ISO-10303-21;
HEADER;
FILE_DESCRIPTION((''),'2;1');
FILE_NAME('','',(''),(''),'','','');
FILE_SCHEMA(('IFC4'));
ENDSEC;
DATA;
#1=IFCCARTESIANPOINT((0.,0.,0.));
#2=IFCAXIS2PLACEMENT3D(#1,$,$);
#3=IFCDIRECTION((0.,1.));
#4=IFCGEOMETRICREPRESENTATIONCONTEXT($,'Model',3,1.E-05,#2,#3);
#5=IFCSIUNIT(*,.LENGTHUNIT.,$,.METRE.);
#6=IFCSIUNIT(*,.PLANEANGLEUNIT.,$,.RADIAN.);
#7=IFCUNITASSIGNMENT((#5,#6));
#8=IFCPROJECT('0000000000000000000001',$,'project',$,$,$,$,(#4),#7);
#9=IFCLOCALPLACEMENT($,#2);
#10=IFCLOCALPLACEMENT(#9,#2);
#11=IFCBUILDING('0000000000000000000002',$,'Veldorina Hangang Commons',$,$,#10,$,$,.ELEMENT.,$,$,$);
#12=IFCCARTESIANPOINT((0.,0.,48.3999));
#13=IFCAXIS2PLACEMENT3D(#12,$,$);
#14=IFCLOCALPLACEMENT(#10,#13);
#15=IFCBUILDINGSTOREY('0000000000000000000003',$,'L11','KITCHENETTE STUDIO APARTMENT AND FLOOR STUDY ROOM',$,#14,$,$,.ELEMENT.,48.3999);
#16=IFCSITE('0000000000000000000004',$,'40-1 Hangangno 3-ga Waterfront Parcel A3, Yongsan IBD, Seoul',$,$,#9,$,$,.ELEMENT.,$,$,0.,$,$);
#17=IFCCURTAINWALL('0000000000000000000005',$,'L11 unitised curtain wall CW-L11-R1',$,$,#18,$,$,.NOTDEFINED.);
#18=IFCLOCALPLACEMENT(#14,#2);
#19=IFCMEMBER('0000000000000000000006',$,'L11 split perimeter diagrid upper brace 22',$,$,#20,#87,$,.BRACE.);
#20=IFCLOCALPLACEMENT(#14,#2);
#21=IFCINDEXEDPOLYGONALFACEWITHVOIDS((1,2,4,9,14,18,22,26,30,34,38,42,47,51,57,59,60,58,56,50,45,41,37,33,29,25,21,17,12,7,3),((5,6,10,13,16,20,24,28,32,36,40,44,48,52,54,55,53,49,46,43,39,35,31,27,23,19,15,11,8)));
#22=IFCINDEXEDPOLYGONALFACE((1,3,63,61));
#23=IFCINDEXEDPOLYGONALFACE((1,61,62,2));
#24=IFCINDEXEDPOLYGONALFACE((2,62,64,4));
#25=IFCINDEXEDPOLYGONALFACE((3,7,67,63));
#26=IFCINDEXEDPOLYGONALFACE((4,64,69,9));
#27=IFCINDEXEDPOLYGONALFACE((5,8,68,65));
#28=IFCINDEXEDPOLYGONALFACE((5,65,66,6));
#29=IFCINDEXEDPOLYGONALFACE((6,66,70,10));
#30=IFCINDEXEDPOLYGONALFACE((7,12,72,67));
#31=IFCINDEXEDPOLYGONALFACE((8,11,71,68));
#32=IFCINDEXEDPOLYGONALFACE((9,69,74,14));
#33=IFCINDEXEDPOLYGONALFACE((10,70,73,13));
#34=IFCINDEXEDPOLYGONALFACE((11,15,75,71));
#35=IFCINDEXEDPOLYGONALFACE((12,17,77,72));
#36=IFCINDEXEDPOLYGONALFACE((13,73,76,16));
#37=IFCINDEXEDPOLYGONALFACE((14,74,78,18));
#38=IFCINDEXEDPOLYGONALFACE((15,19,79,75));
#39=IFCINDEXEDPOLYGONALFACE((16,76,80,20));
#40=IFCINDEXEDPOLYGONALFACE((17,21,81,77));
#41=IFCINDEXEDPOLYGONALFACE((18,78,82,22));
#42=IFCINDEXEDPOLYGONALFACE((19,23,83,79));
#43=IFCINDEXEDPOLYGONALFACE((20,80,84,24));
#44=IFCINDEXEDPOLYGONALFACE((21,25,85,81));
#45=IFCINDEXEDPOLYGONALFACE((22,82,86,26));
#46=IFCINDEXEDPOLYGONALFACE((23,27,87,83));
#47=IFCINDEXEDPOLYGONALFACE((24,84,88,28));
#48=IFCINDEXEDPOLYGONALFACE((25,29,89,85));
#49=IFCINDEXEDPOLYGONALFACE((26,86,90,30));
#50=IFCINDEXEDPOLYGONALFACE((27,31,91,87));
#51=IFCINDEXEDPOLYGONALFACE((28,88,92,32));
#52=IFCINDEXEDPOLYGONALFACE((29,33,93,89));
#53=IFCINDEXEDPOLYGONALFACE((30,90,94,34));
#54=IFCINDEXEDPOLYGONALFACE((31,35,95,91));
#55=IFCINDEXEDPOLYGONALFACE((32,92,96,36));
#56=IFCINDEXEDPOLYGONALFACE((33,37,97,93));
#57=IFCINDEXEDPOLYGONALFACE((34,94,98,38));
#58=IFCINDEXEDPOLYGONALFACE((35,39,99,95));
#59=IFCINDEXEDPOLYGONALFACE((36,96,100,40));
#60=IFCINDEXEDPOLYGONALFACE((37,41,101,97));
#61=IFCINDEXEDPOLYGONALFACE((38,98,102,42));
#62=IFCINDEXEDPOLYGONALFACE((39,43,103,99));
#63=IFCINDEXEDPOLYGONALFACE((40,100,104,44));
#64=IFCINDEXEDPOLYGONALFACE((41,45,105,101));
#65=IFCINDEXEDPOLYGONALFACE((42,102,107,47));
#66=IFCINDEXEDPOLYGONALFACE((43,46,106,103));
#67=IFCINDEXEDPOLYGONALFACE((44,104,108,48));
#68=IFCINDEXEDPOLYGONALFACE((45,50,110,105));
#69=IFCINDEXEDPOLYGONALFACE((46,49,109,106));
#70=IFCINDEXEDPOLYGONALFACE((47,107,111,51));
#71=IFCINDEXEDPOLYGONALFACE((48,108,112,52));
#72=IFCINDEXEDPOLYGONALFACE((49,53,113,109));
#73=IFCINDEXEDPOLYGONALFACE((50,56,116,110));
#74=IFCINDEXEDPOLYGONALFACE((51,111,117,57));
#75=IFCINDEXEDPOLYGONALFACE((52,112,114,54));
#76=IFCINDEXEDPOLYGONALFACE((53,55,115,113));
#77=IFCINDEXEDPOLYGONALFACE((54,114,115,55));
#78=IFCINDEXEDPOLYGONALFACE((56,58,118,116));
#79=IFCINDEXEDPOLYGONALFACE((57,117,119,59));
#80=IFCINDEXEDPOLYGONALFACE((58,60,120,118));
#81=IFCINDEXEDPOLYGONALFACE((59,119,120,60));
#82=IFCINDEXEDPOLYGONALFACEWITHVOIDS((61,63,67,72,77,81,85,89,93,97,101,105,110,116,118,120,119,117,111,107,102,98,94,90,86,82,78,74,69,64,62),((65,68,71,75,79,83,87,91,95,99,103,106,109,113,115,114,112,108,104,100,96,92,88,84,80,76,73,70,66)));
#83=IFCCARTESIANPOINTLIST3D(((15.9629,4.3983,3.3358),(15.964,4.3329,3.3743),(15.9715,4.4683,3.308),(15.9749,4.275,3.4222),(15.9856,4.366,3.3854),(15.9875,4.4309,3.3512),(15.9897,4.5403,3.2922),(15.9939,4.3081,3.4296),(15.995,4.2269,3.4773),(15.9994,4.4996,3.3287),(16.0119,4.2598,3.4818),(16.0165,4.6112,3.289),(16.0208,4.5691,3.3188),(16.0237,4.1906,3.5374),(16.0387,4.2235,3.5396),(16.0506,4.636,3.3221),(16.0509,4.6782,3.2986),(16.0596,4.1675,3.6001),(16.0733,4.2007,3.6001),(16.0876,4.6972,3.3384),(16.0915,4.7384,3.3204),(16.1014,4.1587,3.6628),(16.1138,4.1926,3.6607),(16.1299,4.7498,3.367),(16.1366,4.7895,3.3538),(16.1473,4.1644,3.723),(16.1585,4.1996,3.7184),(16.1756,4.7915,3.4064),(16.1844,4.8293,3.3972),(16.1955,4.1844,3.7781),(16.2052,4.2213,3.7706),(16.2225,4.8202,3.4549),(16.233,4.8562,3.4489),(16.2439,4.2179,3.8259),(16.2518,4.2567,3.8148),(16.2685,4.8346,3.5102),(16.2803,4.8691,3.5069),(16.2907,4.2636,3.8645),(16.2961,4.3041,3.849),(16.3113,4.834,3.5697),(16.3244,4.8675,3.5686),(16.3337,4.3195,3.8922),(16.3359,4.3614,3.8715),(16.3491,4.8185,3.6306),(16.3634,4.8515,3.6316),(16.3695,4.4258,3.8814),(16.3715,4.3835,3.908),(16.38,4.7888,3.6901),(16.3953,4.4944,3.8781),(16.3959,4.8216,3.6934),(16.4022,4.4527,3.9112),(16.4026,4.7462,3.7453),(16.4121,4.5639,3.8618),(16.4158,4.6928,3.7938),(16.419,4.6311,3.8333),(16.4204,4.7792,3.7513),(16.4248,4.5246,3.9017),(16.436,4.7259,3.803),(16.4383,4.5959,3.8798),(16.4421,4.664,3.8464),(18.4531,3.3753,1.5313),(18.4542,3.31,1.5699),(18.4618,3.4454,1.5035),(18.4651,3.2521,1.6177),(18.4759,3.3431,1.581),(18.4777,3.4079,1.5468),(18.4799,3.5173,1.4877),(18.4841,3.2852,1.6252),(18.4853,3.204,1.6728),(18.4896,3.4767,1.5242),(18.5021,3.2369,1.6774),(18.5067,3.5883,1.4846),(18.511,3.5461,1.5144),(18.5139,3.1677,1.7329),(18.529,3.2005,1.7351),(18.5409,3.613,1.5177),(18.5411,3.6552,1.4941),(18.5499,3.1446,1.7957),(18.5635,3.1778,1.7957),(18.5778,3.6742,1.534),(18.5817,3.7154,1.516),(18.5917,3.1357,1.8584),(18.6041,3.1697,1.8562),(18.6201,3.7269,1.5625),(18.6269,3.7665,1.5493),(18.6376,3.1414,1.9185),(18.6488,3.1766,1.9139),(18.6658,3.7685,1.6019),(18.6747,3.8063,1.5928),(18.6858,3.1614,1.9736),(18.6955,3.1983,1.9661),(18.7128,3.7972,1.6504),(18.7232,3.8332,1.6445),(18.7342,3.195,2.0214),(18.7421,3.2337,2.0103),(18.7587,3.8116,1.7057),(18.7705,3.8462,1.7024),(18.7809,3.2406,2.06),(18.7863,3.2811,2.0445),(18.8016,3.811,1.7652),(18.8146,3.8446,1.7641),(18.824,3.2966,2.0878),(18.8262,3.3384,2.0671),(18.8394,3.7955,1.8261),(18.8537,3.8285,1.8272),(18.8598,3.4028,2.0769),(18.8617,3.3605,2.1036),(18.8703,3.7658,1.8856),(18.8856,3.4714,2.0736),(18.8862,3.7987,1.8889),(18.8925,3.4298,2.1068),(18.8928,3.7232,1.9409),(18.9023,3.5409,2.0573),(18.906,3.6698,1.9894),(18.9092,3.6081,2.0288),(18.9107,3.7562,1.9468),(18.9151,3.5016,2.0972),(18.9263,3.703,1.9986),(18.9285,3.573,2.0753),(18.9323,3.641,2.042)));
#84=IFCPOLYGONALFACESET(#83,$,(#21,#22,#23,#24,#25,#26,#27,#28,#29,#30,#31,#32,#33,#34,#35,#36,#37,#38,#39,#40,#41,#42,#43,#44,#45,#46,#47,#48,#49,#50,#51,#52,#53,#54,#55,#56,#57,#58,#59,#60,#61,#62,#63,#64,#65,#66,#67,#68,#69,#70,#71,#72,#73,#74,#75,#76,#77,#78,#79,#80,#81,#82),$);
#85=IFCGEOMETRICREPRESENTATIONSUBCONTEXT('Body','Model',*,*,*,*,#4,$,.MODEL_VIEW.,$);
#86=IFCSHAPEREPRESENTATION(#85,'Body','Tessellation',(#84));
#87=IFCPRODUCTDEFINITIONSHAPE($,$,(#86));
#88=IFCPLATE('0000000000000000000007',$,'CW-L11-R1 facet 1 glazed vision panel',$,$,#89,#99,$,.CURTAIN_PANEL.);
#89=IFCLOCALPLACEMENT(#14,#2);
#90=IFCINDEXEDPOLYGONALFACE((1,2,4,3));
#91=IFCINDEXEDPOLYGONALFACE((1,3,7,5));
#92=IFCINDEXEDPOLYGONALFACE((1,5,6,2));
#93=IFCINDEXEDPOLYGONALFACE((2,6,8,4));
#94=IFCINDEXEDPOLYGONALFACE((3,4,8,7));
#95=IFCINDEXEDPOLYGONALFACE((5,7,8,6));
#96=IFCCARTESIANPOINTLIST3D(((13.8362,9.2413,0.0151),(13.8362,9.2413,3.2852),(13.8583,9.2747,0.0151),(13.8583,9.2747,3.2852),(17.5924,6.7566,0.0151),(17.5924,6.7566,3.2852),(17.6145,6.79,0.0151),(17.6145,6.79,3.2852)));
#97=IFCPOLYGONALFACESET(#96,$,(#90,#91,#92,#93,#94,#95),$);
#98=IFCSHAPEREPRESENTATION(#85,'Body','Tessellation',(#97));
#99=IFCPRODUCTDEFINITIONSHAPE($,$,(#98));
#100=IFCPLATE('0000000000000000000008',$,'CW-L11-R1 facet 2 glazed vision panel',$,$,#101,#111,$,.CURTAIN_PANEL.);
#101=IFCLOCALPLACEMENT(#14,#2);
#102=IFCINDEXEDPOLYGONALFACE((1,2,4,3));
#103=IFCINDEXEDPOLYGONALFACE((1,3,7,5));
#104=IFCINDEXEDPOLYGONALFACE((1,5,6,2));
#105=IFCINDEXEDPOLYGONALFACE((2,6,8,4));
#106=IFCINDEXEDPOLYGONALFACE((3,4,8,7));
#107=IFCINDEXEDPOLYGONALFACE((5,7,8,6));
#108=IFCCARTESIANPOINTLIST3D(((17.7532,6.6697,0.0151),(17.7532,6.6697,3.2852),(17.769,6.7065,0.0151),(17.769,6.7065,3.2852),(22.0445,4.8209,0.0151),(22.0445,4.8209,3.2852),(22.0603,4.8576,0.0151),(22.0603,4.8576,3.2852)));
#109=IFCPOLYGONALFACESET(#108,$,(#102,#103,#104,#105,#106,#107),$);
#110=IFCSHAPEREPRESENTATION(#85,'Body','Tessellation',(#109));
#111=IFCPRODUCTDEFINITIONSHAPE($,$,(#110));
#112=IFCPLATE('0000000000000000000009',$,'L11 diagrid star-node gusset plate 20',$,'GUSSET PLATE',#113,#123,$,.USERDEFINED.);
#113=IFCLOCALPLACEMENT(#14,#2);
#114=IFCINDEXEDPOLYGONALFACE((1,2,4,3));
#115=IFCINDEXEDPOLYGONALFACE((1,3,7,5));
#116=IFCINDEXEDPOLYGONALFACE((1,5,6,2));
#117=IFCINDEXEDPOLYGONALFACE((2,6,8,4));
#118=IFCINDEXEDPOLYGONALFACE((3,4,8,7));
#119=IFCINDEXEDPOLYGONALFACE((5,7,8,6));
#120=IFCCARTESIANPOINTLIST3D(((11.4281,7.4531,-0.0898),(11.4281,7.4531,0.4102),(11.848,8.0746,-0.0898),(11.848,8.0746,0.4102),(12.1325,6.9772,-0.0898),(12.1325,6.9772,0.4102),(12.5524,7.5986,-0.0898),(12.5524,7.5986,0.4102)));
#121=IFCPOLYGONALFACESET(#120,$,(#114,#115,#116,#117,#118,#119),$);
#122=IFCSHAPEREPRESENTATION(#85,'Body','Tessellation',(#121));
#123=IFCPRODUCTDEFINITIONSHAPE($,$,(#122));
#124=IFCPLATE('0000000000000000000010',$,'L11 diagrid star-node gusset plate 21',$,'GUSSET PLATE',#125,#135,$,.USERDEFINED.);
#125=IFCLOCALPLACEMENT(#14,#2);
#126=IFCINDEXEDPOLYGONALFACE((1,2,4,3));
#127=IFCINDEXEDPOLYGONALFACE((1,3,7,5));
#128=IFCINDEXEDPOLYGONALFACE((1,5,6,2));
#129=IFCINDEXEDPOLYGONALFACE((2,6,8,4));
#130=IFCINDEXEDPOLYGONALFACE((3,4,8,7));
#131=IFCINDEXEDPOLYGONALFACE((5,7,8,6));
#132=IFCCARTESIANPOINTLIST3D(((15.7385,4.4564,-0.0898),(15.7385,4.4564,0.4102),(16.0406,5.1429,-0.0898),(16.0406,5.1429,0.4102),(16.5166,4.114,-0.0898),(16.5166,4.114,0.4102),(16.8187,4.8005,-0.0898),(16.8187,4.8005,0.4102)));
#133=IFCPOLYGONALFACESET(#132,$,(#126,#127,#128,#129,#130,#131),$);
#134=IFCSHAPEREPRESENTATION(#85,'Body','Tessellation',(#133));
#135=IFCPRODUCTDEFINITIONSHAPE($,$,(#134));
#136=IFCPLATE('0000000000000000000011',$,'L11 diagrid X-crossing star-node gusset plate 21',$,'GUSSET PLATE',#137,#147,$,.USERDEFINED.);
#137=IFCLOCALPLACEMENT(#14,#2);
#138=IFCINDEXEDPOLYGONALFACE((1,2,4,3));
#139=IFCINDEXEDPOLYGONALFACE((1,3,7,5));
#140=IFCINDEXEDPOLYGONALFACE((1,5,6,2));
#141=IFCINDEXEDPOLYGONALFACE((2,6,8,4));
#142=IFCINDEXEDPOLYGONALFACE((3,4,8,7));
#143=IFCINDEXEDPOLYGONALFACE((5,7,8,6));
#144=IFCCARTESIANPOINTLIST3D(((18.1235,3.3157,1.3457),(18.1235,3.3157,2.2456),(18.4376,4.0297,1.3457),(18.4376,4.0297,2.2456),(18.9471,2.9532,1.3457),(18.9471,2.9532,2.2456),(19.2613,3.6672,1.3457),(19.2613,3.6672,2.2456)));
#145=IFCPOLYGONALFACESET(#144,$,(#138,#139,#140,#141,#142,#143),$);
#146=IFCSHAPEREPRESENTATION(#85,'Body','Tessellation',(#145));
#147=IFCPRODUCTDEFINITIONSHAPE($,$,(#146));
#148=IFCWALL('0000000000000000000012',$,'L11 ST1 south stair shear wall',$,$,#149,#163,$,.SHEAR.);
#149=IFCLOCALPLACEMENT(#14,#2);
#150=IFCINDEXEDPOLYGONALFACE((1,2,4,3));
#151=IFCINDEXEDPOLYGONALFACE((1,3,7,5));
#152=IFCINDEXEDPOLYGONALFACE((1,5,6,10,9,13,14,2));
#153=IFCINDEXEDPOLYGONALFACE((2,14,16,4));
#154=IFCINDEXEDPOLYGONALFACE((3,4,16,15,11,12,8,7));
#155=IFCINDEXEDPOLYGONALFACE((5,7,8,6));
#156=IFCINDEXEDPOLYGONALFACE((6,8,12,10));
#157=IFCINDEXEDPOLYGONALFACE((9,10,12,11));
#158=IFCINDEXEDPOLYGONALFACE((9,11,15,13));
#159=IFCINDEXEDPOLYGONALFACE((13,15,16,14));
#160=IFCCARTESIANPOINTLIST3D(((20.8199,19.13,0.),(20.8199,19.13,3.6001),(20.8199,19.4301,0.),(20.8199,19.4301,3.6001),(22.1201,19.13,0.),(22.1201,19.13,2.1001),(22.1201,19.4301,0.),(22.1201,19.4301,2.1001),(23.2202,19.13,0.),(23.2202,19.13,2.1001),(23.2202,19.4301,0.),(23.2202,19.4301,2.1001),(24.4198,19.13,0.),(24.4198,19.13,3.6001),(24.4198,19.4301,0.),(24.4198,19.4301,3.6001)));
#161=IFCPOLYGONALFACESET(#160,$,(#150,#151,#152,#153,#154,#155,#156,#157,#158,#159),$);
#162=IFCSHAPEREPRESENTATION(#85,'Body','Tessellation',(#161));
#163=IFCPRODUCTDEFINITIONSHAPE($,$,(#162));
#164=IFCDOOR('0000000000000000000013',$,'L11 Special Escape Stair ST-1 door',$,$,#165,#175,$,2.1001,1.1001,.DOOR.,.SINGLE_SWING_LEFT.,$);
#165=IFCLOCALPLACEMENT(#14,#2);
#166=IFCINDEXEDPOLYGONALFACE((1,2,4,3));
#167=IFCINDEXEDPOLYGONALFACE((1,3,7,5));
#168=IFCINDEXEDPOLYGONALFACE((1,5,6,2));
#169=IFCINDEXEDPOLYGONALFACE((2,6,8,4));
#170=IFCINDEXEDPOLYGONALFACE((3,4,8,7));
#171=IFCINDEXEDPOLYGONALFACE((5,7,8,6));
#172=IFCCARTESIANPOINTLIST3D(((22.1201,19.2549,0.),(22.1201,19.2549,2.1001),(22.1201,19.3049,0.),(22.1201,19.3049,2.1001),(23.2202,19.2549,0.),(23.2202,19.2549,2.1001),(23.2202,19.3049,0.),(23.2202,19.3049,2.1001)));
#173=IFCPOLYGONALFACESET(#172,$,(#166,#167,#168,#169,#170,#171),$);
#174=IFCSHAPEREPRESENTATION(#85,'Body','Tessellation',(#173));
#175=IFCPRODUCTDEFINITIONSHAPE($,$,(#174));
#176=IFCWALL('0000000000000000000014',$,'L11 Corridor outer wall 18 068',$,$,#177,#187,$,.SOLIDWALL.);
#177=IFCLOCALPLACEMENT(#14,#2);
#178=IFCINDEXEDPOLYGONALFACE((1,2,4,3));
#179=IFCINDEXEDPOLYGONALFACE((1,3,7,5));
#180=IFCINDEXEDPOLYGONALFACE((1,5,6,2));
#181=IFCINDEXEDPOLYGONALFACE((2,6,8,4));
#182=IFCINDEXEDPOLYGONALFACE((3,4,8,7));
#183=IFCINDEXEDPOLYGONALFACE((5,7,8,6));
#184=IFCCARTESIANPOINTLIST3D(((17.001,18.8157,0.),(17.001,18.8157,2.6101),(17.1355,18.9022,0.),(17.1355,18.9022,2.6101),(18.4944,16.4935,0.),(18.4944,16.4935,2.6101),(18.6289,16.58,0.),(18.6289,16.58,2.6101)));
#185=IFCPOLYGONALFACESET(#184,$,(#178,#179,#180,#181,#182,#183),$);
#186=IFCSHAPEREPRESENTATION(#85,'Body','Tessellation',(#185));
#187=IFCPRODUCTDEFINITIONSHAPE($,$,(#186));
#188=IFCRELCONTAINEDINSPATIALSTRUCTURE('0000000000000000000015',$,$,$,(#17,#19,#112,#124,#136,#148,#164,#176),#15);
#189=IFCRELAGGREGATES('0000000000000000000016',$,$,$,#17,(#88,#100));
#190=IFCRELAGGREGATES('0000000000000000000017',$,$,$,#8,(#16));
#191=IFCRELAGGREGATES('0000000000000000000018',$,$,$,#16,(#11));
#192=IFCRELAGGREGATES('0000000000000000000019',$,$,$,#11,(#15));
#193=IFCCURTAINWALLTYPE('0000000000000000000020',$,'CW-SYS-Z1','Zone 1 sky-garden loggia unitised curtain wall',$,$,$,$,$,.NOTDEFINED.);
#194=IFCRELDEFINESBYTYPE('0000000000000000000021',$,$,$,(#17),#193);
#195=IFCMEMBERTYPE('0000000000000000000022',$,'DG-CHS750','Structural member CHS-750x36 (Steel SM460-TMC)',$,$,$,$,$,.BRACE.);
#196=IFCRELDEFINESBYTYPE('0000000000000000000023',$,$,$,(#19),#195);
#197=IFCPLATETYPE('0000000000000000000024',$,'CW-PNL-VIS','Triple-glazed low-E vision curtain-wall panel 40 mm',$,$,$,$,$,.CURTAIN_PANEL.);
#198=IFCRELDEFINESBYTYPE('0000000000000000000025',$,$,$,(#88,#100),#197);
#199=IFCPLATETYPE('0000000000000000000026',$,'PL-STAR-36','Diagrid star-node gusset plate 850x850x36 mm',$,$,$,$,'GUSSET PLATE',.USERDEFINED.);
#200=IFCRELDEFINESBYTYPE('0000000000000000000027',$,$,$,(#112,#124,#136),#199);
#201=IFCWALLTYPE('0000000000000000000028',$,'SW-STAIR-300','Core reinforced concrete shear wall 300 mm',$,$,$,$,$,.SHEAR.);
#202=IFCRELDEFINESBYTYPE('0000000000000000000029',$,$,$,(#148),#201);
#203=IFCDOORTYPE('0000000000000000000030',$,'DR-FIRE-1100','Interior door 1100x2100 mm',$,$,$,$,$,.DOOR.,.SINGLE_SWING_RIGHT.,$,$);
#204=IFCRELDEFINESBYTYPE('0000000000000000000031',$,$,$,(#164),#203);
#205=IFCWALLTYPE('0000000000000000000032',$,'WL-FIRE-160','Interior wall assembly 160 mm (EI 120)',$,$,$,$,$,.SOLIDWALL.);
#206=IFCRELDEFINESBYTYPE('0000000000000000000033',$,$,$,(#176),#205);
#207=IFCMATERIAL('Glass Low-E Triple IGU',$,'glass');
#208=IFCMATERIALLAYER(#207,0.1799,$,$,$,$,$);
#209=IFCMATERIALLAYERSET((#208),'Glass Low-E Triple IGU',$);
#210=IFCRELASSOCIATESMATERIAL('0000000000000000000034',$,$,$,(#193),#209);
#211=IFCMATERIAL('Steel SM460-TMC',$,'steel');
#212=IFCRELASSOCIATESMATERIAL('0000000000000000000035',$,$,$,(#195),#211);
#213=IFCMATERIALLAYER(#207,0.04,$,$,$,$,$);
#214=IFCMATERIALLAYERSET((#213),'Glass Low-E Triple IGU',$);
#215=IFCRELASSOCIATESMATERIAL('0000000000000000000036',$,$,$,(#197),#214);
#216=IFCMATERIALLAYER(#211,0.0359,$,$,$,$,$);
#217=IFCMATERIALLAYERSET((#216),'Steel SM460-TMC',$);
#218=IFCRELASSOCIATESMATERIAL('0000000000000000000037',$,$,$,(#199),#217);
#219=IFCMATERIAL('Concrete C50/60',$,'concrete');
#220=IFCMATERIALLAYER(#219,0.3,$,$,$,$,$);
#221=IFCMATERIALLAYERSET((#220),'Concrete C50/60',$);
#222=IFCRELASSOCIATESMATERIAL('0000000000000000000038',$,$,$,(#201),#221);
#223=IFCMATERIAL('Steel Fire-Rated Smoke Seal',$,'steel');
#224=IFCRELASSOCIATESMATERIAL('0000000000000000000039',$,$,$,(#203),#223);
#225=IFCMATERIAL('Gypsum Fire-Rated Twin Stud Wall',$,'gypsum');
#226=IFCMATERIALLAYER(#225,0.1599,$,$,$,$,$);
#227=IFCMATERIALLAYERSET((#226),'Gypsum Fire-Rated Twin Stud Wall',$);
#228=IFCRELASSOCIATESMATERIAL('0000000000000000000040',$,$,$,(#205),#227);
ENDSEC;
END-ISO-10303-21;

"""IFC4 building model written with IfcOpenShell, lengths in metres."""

from ifc_helpers import new_model, si_unit, direction, frame, frame_2d, origin, origin_2d, place, context, subcontext, project, spatial, rectangle, hollow_circle, extrude, material, layer, layer_set, material_profile, profile_set, type_object, element, fill, aggregate, save


model = new_model("IFC4")

# Units and contexts
model_context = context("Model", 3, precision=1e-05, world=origin(), true_north=direction((0.0, 1.0)))
body_context = subcontext(model_context, "Body", "Model", "MODEL_VIEW")
ifc_project = project(units=[si_unit("LENGTHUNIT", "METRE"), si_unit("PLANEANGLEUNIT", "RADIAN")], contexts=[model_context])

# Site, building, storey
site_placement = place(None, origin())
site = spatial("IfcSite", under=ifc_project, at=site_placement, Name="40-1 Hangangno 3-ga Waterfront Parcel A3, Yongsan IBD, Seoul", CompositionType="ELEMENT", RefElevation=0.0)
building_placement = place(site_placement, origin())
building = spatial("IfcBuilding", under=site, at=building_placement, Name="Veldorina Hangang Commons", CompositionType="ELEMENT")
storey_placement = place(building_placement, frame((0.0, 0.0, 48.3999)))
storey = spatial("IfcBuildingStorey", under=building, at=storey_placement, Name="L11", Description="KITCHENETTE STUDIO APARTMENT AND FLOOR STUDY ROOM", CompositionType="ELEMENT", Elevation=48.3999)

# Curtain wall
ifc_material_1 = material(Name="Glass Low-E Triple IGU", Category="glass")
ifc_layer_1 = layer(ifc_material_1, 0.1799)
ifc_layer_set_1 = layer_set([ifc_layer_1], Name="Glass Low-E Triple IGU")
curtain_wall_type = type_object("IfcCurtainWallType", Name="CW-SYS-Z1", Description="Zone 1 sky-garden loggia unitised curtain wall", PredefinedType="NOTDEFINED", material=ifc_layer_set_1)
curtain_wall_placement = place(storey_placement, origin())
curtain_wall = element("IfcCurtainWall", 1, at=curtain_wall_placement, inside=storey, type_object=curtain_wall_type, Name="L11 unitised curtain wall CW-L11-R1", PredefinedType="NOTDEFINED")

# Member
ifc_material_2 = material(Name="Steel SM460-TMC", Category="steel")
ifc_material_profile_1 = material_profile(ifc_material_2, hollow_circle(Radius=0.375, WallThickness=0.0359, at=origin_2d()), Name="CHS-750x36")
ifc_profile_set_1 = profile_set([ifc_material_profile_1], Name="Steel SM460-TMC")
member_type_1 = type_object("IfcMemberType", Name="DG-CHS750", Description="Structural member CHS-750x36 (Steel SM460-TMC)", PredefinedType="BRACE", material=ifc_profile_set_1)
member_1_placement = place(storey_placement, frame((18.6924, 3.4915, 1.7957), z_axis=(-0.768367, 0.315633, 0.556765), x_axis=(-0.379974, -0.924997, 0.0)))
element("IfcMember", 2, at=member_1_placement, inside=storey, type_object=member_type_1, Name="L11 split perimeter diagrid upper brace 22", PredefinedType="BRACE", context=body_context, shape_type="SweptSolid", body=[
    extrude(hollow_circle(Radius=0.375, WallThickness=0.0359, at=origin_2d()), origin(), (0.0, 0.0, 1.0), 3.241),
])

# Plates
ifc_layer_2 = layer(ifc_material_1, 0.04)
ifc_layer_set_2 = layer_set([ifc_layer_2], Name="Glass Low-E Triple IGU")
plate_type_1 = type_object("IfcPlateType", Name="CW-PNL-VIS", Description="Triple-glazed low-E vision curtain-wall panel 40 mm", PredefinedType="CURTAIN_PANEL", material=ifc_layer_set_2)
plate_1_placement = place(storey_placement, frame((15.7253, 8.0156, 0.0151), z_axis=(0.0, 0.0, 1.0), x_axis=(0.83404, -0.551704, 0.0)))
plate_1 = element("IfcPlate", 3, at=plate_1_placement, type_object=plate_type_1, Name="CW-L11-R1 facet 1 glazed vision panel", PredefinedType="CURTAIN_PANEL", context=body_context, shape_type="SweptSolid", body=[
    extrude(rectangle(XDim=4.5037, YDim=0.04, at=origin_2d()), origin(), (0.0, 0.0, 1.0), 3.27),
])
plate_2_placement = place(storey_placement, frame((19.9067, 5.7637, 0.0151), z_axis=(0.0, 0.0, 1.0), x_axis=(0.918391, -0.395674, 0.0)))
plate_2 = element("IfcPlate", 4, at=plate_2_placement, type_object=plate_type_1, Name="CW-L11-R1 facet 2 glazed vision panel", PredefinedType="CURTAIN_PANEL", context=body_context, shape_type="SweptSolid", body=[
    extrude(rectangle(XDim=4.6726, YDim=0.04, at=origin_2d()), origin(), (0.0, 0.0, 1.0), 3.27),
])
aggregate(curtain_wall, [plate_1, plate_2])

# Plates
ifc_layer_3 = layer(ifc_material_2, 0.0359)
ifc_layer_set_3 = layer_set([ifc_layer_3], Name="Steel SM460-TMC")
plate_type_2 = type_object("IfcPlateType", Name="PL-STAR-36", Description="Diagrid star-node gusset plate 850x850x36 mm", ElementType="GUSSET PLATE", PredefinedType="USERDEFINED", material=ifc_layer_set_3)
for number, where, z_axis, x_axis, name in (
    (5, (11.9902, 7.5259, -0.0898), (0.0, 0.0, 1.0), (0.828588, -0.559858, 0.0), "L11 diagrid star-node gusset plate 20"),
    (6, (16.2786, 4.6284, -0.0898), (0.0, 0.0, 1.0), (0.915297, -0.402779, 0.0), "L11 diagrid star-node gusset plate 21"),
):
    element("IfcPlate", number, at=place(storey_placement, frame(where, z_axis=z_axis, x_axis=x_axis)), inside=storey, type_object=plate_type_2, Name=name, ObjectType="GUSSET PLATE", PredefinedType="USERDEFINED", context=body_context, shape_type="SweptSolid", body=[
        extrude(rectangle(XDim=0.8501, YDim=0.75, at=origin_2d()), origin(), (0.0, 0.0, 1.0), 0.5),
    ])
plate_3_placement = place(storey_placement, frame((18.6924, 3.4915, 1.3457), z_axis=(0.0, 0.0, 1.0), x_axis=(0.915297, -0.402779, 0.0)))
element("IfcPlate", 7, at=plate_3_placement, inside=storey, type_object=plate_type_2, Name="L11 diagrid X-crossing star-node gusset plate 21", ObjectType="GUSSET PLATE", PredefinedType="USERDEFINED", context=body_context, shape_type="SweptSolid", body=[
    extrude(rectangle(XDim=0.8999, YDim=0.78, at=origin_2d()), origin(), (0.0, 0.0, 1.0), 0.8999),
])

# Wall, opening, door
ifc_material_3 = material(Name="Concrete C50/60", Category="concrete")
ifc_layer_4 = layer(ifc_material_3, 0.3)
ifc_layer_set_4 = layer_set([ifc_layer_4], Name="Concrete C50/60")
wall_type_1 = type_object("IfcWallType", Name="SW-STAIR-300", Description="Core reinforced concrete shear wall 300 mm", PredefinedType="SHEAR", material=ifc_layer_set_4)
wall_1_placement = place(storey_placement, frame((20.8201, 19.28, 0.0), z_axis=(0.0, 0.0, 1.0), x_axis=(1.0, 0.0, 0.0)))
wall_1 = element("IfcWall", 8, at=wall_1_placement, inside=storey, type_object=wall_type_1, Name="L11 ST1 south stair shear wall", PredefinedType="SHEAR", context=body_context, shape_type="SweptSolid", body=[
    extrude(rectangle(XDim=3.5999, YDim=0.3, at=frame_2d((1.7998, 0.0))), origin(), (0.0, 0.0, 1.0), 3.6001),
])
opening_1_placement = place(wall_1_placement, frame((1.3, 0.0, 0.0)))
opening_1 = element("IfcOpeningElement", 9, at=opening_1_placement, cuts=wall_1, PredefinedType="OPENING", context=body_context, shape_type="SweptSolid", body=[
    extrude(rectangle(XDim=1.1001, YDim=2.1001, at=frame_2d((0.55, 1.05))), frame((0.0, 0.1602, 0.0), z_axis=(0.0, -1.0, 0.0), x_axis=(1.0, 0.0, 0.0)), (0.0, 0.0, 1.0), 0.3201),
])
ifc_material_4 = material(Name="Steel Fire-Rated Smoke Seal", Category="steel")
door_type_1 = type_object("IfcDoorType", Name="DR-FIRE-1100", Description="Interior door 1100x2100 mm", OperationType="SINGLE_SWING_RIGHT", PredefinedType="DOOR", material=ifc_material_4)
door_1_placement = place(opening_1_placement, origin())
door_1 = element("IfcDoor", 10, at=door_1_placement, inside=storey, type_object=door_type_1, Name="L11 Special Escape Stair ST-1 door", OperationType="SINGLE_SWING_LEFT", OverallHeight=2.1001, OverallWidth=1.1001, PredefinedType="DOOR", context=body_context, shape_type="SweptSolid", body=[
    extrude(rectangle(XDim=1.1001, YDim=2.1001, at=frame_2d((0.55, 1.05))), frame((0.0, 0.0249, 0.0), z_axis=(0.0, -1.0, 0.0), x_axis=(1.0, 0.0, 0.0)), (0.0, 0.0, 1.0), 0.05),
])
fill(opening_1, door_1)

# Wall
ifc_material_5 = material(Name="Gypsum Fire-Rated Twin Stud Wall", Category="gypsum")
ifc_layer_5 = layer(ifc_material_5, 0.1599)
ifc_layer_set_5 = layer_set([ifc_layer_5], Name="Gypsum Fire-Rated Twin Stud Wall")
wall_type_2 = type_object("IfcWallType", Name="WL-FIRE-160", Description="Interior wall assembly 160 mm (EI 120)", PredefinedType="SOLIDWALL", material=ifc_layer_set_5)
wall_2_placement = place(storey_placement, frame((17.0684, 18.8589, 0.0), z_axis=(0.0, 0.0, 1.0), x_axis=(0.540892, -0.841092, 0.0)))
element("IfcWall", 11, at=wall_2_placement, inside=storey, type_object=wall_type_2, Name="L11 Corridor outer wall 18 068", PredefinedType="SOLIDWALL", context=body_context, shape_type="SweptSolid", body=[
    extrude(rectangle(XDim=2.761, YDim=0.1599, at=frame_2d((1.3804, 0.0))), origin(), (0.0, 0.0, 1.0), 2.6101),
])

save(model, "model.ifc")
